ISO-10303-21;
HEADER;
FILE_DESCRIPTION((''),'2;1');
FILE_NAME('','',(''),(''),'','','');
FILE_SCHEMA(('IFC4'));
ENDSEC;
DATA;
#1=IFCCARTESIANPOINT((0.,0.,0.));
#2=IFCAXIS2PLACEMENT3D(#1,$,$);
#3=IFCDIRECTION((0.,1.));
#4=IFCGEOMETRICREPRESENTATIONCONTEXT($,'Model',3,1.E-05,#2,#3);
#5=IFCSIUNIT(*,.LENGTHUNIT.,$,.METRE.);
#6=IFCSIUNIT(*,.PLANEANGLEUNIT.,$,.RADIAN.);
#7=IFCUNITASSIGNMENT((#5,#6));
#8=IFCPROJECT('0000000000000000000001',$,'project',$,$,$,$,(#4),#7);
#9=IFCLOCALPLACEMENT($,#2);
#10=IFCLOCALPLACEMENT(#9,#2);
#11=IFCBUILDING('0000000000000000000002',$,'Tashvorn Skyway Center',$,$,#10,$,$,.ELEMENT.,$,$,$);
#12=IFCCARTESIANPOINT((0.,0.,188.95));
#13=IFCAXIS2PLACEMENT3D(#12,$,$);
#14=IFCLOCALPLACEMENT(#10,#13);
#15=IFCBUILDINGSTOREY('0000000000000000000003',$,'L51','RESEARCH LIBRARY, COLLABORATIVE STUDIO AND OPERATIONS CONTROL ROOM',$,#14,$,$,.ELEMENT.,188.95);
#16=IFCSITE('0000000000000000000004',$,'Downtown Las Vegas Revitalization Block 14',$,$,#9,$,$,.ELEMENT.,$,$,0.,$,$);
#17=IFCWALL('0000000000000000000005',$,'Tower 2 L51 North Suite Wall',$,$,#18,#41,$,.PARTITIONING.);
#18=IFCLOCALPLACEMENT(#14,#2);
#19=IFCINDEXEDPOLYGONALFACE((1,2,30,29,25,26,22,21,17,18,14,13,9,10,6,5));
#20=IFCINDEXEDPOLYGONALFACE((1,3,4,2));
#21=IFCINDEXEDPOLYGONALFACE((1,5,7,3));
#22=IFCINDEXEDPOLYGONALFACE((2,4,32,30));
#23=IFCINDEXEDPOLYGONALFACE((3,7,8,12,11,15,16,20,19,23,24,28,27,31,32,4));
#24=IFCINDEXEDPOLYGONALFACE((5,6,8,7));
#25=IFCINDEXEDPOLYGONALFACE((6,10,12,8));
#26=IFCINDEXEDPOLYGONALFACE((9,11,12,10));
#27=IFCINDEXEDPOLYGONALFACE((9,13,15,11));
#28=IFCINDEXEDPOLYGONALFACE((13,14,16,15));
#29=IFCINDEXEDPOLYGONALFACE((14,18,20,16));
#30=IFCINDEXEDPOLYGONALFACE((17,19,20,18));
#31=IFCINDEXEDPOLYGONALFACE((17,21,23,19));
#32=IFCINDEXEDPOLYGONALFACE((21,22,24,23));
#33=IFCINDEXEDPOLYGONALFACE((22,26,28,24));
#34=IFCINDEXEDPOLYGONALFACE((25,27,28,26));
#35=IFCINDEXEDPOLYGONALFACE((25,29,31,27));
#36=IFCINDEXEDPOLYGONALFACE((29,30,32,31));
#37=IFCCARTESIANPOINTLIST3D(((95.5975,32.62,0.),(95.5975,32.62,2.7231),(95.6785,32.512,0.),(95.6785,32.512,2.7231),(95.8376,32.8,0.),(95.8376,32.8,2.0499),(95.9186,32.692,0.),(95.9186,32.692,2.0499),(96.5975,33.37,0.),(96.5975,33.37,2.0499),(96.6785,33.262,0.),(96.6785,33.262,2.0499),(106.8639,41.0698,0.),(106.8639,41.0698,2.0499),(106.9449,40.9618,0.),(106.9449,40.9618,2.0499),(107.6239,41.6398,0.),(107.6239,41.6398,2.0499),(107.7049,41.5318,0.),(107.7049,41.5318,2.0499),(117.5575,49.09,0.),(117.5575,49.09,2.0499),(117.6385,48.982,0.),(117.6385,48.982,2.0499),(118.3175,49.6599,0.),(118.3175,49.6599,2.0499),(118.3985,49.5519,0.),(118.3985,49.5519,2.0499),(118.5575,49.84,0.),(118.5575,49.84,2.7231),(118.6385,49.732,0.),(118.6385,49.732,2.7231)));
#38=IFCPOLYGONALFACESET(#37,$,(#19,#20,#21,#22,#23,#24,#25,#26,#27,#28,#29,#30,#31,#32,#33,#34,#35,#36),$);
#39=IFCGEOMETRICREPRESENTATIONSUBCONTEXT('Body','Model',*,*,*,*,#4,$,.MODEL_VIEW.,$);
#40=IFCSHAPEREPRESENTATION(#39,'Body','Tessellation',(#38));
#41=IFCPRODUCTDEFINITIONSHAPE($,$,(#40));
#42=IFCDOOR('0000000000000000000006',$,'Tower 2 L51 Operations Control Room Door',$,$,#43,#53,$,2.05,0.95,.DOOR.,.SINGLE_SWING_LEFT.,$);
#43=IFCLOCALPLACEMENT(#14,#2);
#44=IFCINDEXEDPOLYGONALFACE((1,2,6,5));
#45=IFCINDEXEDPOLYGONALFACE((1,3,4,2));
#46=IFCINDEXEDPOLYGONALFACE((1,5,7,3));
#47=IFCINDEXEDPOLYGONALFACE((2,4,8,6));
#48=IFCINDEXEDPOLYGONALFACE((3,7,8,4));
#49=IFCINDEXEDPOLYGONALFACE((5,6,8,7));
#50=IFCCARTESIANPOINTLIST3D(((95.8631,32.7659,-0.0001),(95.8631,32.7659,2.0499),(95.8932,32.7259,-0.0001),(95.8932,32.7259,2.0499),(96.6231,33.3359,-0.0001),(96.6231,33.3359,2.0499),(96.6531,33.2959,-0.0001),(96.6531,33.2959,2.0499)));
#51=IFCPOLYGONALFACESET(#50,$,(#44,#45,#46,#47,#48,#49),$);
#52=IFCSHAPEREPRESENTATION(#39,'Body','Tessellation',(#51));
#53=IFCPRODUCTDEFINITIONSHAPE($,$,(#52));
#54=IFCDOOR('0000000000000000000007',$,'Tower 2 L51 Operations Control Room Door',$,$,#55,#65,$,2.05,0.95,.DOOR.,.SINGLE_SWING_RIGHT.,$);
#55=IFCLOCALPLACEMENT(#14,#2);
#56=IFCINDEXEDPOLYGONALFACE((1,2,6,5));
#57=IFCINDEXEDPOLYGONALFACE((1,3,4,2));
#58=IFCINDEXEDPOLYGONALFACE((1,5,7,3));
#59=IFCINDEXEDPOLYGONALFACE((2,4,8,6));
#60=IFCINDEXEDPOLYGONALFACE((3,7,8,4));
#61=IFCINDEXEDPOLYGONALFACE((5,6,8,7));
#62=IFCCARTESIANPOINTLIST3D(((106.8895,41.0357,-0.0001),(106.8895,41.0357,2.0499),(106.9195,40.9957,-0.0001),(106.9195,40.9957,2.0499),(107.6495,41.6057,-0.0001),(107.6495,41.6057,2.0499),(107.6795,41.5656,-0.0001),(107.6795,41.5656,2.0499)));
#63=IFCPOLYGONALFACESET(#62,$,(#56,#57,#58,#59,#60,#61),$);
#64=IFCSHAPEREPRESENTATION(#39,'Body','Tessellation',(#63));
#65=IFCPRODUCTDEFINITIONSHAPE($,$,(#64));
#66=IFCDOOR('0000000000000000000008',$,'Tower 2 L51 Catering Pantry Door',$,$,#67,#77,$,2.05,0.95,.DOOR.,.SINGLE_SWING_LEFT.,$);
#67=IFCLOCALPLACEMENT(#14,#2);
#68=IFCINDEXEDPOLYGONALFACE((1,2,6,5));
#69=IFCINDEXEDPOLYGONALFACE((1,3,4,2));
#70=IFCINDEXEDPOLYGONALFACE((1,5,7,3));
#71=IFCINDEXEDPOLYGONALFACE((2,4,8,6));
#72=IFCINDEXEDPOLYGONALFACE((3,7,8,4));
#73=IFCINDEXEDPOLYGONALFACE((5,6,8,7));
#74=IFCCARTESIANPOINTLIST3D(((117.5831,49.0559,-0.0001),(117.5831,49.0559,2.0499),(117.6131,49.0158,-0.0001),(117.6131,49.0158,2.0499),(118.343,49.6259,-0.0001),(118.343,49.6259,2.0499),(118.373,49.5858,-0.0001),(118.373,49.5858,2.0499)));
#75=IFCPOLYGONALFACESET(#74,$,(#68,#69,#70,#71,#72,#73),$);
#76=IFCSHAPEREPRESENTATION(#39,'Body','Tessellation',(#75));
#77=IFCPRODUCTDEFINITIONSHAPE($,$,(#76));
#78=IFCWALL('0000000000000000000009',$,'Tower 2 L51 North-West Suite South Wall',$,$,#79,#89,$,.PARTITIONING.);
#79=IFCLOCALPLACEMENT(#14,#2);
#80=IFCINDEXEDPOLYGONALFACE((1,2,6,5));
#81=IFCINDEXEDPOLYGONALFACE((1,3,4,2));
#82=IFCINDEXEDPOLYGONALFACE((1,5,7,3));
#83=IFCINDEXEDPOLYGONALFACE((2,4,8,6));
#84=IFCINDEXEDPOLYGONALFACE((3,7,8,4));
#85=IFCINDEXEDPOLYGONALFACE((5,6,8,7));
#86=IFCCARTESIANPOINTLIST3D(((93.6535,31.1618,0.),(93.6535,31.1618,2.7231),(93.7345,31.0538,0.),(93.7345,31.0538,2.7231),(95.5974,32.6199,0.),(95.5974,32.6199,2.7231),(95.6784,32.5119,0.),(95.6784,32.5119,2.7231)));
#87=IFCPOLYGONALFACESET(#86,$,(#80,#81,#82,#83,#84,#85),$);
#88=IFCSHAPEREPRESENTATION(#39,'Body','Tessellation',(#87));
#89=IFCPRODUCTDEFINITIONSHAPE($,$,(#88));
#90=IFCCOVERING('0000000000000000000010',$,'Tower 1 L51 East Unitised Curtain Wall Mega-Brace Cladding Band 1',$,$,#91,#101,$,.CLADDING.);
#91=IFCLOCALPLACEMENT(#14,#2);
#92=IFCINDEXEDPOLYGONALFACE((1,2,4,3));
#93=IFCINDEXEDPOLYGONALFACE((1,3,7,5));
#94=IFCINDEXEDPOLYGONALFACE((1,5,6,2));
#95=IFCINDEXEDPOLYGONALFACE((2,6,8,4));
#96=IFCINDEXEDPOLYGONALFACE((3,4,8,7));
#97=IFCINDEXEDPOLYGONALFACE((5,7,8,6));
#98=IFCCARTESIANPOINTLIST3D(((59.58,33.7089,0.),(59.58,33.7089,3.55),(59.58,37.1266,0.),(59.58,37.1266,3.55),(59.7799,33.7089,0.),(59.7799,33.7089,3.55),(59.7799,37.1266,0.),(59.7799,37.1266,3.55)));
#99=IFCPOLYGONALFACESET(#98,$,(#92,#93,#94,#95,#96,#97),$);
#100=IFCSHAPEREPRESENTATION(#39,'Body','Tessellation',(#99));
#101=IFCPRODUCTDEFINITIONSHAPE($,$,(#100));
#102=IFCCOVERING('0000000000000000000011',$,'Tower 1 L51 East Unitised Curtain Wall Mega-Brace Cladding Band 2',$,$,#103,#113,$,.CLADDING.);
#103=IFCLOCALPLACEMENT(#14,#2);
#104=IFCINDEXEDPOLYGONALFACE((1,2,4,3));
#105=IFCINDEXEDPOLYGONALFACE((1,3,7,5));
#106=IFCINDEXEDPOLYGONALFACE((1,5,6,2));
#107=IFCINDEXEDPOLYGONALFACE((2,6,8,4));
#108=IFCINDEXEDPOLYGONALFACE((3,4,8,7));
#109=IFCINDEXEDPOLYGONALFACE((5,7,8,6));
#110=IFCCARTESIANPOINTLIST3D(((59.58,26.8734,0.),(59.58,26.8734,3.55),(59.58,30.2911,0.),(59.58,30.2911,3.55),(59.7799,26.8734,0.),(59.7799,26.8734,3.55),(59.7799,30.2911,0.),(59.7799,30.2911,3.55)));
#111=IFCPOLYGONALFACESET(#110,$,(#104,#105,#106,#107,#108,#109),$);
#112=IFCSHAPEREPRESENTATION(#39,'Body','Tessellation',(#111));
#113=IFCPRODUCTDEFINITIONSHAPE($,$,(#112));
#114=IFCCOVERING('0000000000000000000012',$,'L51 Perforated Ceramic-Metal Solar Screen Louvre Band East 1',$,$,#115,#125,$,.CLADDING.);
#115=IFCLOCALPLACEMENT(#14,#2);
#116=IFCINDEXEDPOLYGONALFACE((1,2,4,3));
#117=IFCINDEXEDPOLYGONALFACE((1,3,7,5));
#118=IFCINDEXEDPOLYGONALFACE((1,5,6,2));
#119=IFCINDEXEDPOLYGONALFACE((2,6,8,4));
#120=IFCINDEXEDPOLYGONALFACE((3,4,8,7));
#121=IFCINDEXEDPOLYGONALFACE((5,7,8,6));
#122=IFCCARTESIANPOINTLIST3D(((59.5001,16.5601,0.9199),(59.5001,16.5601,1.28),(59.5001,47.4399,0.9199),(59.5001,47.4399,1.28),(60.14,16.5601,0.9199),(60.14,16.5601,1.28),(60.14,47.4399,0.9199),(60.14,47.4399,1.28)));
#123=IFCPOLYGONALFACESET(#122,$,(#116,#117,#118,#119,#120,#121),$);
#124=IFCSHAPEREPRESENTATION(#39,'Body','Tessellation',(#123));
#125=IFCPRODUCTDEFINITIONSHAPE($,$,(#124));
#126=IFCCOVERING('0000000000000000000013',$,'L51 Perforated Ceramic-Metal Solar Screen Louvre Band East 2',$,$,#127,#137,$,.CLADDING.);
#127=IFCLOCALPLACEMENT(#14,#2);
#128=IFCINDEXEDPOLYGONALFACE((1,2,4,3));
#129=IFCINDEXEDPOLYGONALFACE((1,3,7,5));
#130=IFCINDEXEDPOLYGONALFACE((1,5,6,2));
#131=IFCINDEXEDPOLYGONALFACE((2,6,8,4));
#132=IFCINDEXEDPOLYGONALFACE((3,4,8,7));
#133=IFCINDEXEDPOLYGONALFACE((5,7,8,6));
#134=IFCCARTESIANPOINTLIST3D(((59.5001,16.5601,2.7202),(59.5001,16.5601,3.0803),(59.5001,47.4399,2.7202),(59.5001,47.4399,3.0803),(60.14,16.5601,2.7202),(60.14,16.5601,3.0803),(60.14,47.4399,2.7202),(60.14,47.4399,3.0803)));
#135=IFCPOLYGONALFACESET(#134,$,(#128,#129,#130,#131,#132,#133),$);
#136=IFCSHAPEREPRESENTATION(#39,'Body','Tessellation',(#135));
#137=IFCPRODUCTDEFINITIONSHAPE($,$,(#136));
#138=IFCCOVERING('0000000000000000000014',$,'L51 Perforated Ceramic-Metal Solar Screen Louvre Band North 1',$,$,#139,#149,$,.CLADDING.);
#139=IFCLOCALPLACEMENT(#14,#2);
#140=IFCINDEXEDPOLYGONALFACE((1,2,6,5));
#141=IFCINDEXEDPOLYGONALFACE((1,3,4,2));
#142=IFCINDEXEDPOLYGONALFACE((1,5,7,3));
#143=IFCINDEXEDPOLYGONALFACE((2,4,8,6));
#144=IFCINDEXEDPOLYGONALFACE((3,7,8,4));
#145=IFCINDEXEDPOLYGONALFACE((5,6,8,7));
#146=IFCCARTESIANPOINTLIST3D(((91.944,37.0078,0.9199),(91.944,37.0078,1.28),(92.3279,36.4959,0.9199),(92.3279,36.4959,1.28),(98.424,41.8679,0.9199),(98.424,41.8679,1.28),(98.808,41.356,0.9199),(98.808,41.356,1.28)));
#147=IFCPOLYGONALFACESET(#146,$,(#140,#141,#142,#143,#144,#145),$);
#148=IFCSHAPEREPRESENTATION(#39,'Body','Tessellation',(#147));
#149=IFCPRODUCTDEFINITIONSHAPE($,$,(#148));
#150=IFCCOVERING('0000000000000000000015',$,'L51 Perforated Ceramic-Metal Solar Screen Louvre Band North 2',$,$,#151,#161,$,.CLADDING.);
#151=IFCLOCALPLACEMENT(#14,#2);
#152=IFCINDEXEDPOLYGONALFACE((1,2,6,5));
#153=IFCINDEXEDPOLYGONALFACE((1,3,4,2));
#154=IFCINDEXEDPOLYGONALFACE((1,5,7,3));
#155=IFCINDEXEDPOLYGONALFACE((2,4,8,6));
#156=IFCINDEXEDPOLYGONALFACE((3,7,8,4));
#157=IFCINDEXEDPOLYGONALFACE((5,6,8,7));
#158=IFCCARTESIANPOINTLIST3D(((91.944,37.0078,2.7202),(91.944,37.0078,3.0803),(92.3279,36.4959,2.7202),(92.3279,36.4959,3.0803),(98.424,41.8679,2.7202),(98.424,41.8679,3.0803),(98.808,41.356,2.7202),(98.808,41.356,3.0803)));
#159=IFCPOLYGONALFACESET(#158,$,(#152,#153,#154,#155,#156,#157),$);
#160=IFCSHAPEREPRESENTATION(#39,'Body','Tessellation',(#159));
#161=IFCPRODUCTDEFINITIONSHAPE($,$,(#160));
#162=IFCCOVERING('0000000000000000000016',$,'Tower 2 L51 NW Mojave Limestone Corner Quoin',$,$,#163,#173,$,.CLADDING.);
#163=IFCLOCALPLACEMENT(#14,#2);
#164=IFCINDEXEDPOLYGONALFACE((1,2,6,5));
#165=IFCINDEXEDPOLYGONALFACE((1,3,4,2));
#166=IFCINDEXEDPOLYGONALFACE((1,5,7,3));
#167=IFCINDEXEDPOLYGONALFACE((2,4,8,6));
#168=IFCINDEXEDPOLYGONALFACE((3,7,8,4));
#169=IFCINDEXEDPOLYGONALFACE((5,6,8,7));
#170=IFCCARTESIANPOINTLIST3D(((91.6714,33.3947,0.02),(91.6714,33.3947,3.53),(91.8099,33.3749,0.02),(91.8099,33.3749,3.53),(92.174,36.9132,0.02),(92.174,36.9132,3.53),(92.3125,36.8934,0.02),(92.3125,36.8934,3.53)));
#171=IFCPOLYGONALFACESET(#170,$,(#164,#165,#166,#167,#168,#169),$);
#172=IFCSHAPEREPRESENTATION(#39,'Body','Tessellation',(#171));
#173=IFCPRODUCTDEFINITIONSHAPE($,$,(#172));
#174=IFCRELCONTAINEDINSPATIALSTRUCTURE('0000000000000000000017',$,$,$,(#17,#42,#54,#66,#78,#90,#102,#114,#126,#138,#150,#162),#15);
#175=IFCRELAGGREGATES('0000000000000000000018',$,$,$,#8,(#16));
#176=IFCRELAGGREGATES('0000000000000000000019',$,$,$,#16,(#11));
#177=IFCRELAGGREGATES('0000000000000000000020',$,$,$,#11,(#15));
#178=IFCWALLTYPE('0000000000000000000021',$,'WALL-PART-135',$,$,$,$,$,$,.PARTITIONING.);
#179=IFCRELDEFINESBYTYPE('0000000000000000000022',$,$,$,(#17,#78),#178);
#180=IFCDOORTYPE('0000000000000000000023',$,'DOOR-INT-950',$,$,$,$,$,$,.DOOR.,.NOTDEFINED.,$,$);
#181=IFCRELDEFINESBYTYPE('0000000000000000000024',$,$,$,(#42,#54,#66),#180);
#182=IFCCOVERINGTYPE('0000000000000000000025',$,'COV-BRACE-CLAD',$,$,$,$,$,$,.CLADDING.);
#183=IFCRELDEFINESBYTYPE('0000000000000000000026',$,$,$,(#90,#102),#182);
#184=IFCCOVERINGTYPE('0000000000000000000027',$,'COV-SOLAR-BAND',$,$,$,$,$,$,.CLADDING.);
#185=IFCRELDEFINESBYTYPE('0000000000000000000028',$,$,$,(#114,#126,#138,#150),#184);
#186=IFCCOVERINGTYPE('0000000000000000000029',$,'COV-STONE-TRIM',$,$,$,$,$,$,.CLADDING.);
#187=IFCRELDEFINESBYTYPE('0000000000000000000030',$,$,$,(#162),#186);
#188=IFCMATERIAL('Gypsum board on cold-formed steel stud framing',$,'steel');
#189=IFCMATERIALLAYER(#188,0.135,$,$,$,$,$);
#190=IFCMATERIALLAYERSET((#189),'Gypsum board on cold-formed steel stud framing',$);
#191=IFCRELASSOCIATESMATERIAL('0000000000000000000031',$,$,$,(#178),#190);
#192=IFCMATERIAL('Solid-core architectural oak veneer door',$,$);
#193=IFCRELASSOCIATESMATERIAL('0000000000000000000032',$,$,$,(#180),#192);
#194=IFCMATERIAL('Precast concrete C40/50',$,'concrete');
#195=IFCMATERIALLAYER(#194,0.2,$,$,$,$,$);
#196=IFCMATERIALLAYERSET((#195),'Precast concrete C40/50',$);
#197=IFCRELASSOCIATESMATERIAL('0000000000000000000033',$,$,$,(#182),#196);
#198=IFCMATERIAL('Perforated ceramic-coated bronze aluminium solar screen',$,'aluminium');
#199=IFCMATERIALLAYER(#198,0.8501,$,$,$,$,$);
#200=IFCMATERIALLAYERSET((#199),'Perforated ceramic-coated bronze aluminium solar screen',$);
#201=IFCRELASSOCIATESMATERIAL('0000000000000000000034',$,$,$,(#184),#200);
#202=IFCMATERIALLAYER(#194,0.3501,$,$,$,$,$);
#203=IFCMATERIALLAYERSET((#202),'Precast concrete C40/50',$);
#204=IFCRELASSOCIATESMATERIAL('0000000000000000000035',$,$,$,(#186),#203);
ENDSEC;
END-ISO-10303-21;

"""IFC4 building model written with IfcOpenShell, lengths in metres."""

from ifc_helpers import new_model, si_unit, direction, frame, frame_2d, origin, origin_2d, place, context, subcontext, project, spatial, rectangle, extrude, material, layer, layer_set, type_object, element, fill, save


model = new_model("IFC4")

# Units and contexts
model_context = context("Model", 3, precision=1e-05, world=origin(), true_north=direction((0.0, 1.0)))
body_context = subcontext(model_context, "Body", "Model", "MODEL_VIEW")
ifc_project = project(units=[si_unit("LENGTHUNIT", "METRE"), si_unit("PLANEANGLEUNIT", "RADIAN")], contexts=[model_context])

# Site, building, storey
site_placement = place(None, origin())
site = spatial("IfcSite", under=ifc_project, at=site_placement, Name="Downtown Las Vegas Revitalization Block 14", CompositionType="ELEMENT", RefElevation=0.0)
building_placement = place(site_placement, origin())
building = spatial("IfcBuilding", under=site, at=building_placement, Name="Tashvorn Skyway Center", CompositionType="ELEMENT")
storey_placement = place(building_placement, frame((0.0, 0.0, 188.95)))
storey = spatial("IfcBuildingStorey", under=building, at=storey_placement, Name="L51", Description="RESEARCH LIBRARY, COLLABORATIVE STUDIO AND OPERATIONS CONTROL ROOM", CompositionType="ELEMENT", Elevation=188.95)

# Shared definitions
ifc_material_1 = material(Name="Precast concrete C40/50", Category="concrete")

# Shared definitions
ifc_material_2 = material(Name="Gypsum board on cold-formed steel stud framing", Category="steel")
ifc_layer_1 = layer(ifc_material_2, 0.135)
ifc_layer_set_1 = layer_set([ifc_layer_1], Name="Gypsum board on cold-formed steel stud framing")
wall_type_1 = type_object("IfcWallType", Name="WALL-PART-135", PredefinedType="PARTITIONING", material=ifc_layer_set_1)
ifc_material_3 = material(Name="Solid-core architectural oak veneer door")
door_type = type_object("IfcDoorType", Name="DOOR-INT-950", OperationType="NOTDEFINED", PredefinedType="DOOR", material=ifc_material_3)

# Wall, openings, doors
wall_1_placement = place(storey_placement, frame((95.6379, 32.5659, 0.0), z_axis=(0.0, 0.0, 1.0), x_axis=(0.8, 0.6, 0.0)))
wall_1 = element("IfcWall", 1, at=wall_1_placement, inside=storey, type_object=wall_type_1, Name="Tower 2 L51 North Suite Wall", PredefinedType="PARTITIONING", context=body_context, shape_type="SweptSolid", body=[
    extrude(rectangle(XDim=28.7, YDim=0.135, at=frame_2d((14.3501, 0.0))), origin(), (0.0, 0.0, 1.0), 2.7231),
])
opening_1_placement = place(wall_1_placement, frame((0.3, 0.0, 0.0)))
opening_1 = element("IfcOpeningElement", 2, at=opening_1_placement, cuts=wall_1, PredefinedType="OPENING", context=body_context, shape_type="SweptSolid", body=[
    extrude(rectangle(XDim=0.95, YDim=2.05, at=frame_2d((0.4751, 1.0249))), frame((0.0, 0.0774, 0.0), z_axis=(0.0, -1.0, 0.0), x_axis=(1.0, 0.0, 0.0)), (0.0, 0.0, 1.0), 0.155),
])
opening_2_placement = place(wall_1_placement, frame((14.083, 0.0, 0.0)))
opening_2 = element("IfcOpeningElement", 3, at=opening_2_placement, cuts=wall_1, PredefinedType="OPENING", context=body_context, shape_type="SweptSolid", body=[
    extrude(rectangle(XDim=0.95, YDim=2.05, at=frame_2d((0.4751, 1.0249))), frame((0.0, 0.0774, 0.0), z_axis=(0.0, -1.0, 0.0), x_axis=(1.0, 0.0, 0.0)), (0.0, 0.0, 1.0), 0.155),
])
opening_3_placement = place(wall_1_placement, frame((27.45, 0.0, 0.0)))
opening_3 = element("IfcOpeningElement", 4, at=opening_3_placement, cuts=wall_1, PredefinedType="OPENING", context=body_context, shape_type="SweptSolid", body=[
    extrude(rectangle(XDim=0.95, YDim=2.05, at=frame_2d((0.4751, 1.0249))), frame((0.0, 0.0774, 0.0), z_axis=(0.0, -1.0, 0.0), x_axis=(1.0, 0.0, 0.0)), (0.0, 0.0, 1.0), 0.155),
])
door_1_placement = place(opening_1_placement, origin())
door_1 = element("IfcDoor", 5, at=door_1_placement, inside=storey, type_object=door_type, Name="Tower 2 L51 Operations Control Room Door", OperationType="SINGLE_SWING_LEFT", OverallHeight=2.05, OverallWidth=0.95, PredefinedType="DOOR", context=body_context, shape_type="SweptSolid", body=[
    extrude(rectangle(XDim=0.95, YDim=2.05, at=frame_2d((0.4751, 1.0249))), frame((0.0, 0.0249, 0.0), z_axis=(0.0, -1.0, 0.0), x_axis=(1.0, 0.0, 0.0)), (0.0, 0.0, 1.0), 0.05),
])
fill(opening_1, door_1)
door_2_placement = place(opening_2_placement, origin())
door_2 = element("IfcDoor", 6, at=door_2_placement, inside=storey, type_object=door_type, Name="Tower 2 L51 Operations Control Room Door", OperationType="SINGLE_SWING_RIGHT", OverallHeight=2.05, OverallWidth=0.95, PredefinedType="DOOR", context=body_context, shape_type="SweptSolid", body=[
    extrude(rectangle(XDim=0.95, YDim=2.05, at=frame_2d((0.4751, 1.0249))), frame((0.0, 0.0249, 0.0), z_axis=(0.0, -1.0, 0.0), x_axis=(1.0, 0.0, 0.0)), (0.0, 0.0, 1.0), 0.05),
])
fill(opening_2, door_2)
door_3_placement = place(opening_3_placement, origin())
door_3 = element("IfcDoor", 7, at=door_3_placement, inside=storey, type_object=door_type, Name="Tower 2 L51 Catering Pantry Door", OperationType="SINGLE_SWING_LEFT", OverallHeight=2.05, OverallWidth=0.95, PredefinedType="DOOR", context=body_context, shape_type="SweptSolid", body=[
    extrude(rectangle(XDim=0.95, YDim=2.05, at=frame_2d((0.4751, 1.0249))), frame((0.0, 0.0249, 0.0), z_axis=(0.0, -1.0, 0.0), x_axis=(1.0, 0.0, 0.0)), (0.0, 0.0, 1.0), 0.05),
])
fill(opening_3, door_3)

# Wall
wall_2_placement = place(storey_placement, frame((93.6941, 31.1079, 0.0), z_axis=(0.0, 0.0, 1.0), x_axis=(0.799976, 0.600032, 0.0)))
element("IfcWall", 8, at=wall_2_placement, inside=storey, type_object=wall_type_1, Name="Tower 2 L51 North-West Suite South Wall", PredefinedType="PARTITIONING", context=body_context, shape_type="SweptSolid", body=[
    extrude(rectangle(XDim=2.4299, YDim=0.135, at=frame_2d((1.2148, 0.0))), origin(), (0.0, 0.0, 1.0), 2.7231),
])

# Coverings
ifc_layer_2 = layer(ifc_material_1, 0.2)
ifc_layer_set_2 = layer_set([ifc_layer_2], Name="Precast concrete C40/50")
covering_type_1 = type_object("IfcCoveringType", Name="COV-BRACE-CLAD", PredefinedType="CLADDING", material=ifc_layer_set_2)
for number, where, z_axis, x_axis, name in (
    (9, (59.6799, 35.4177, 0.0), (0.0, 0.0, 1.0), (0.0, -1.0, 0.0), "Tower 1 L51 East Unitised Curtain Wall Mega-Brace Cladding Band 1"),
    (10, (59.6799, 28.5823, 0.0), (0.0, 0.0, 1.0), (0.0, -1.0, 0.0), "Tower 1 L51 East Unitised Curtain Wall Mega-Brace Cladding Band 2"),
):
    element("IfcCovering", number, at=place(storey_placement, frame(where, z_axis=z_axis, x_axis=x_axis)), inside=storey, type_object=covering_type_1, Name=name, PredefinedType="CLADDING", context=body_context, shape_type="SweptSolid", body=[
        extrude(rectangle(XDim=3.4177, YDim=0.2, at=origin_2d()), origin(), (0.0, 0.0, 1.0), 3.55),
    ])
ifc_material_4 = material(Name="Perforated ceramic-coated bronze aluminium solar screen", Category="aluminium")
ifc_layer_3 = layer(ifc_material_4, 0.8501)
ifc_layer_set_3 = layer_set([ifc_layer_3], Name="Perforated ceramic-coated bronze aluminium solar screen")
covering_type_2 = type_object("IfcCoveringType", Name="COV-SOLAR-BAND", PredefinedType="CLADDING", material=ifc_layer_set_3)
for number, where, z_axis, x_axis, name in (
    (11, (59.8201, 32.0, 0.9199), (0.0, 0.0, 1.0), (0.0, -1.0, 0.0), "L51 Perforated Ceramic-Metal Solar Screen Louvre Band East 1"),
    (12, (59.8201, 32.0, 2.7202), (0.0, 0.0, 1.0), (0.0, -1.0, 0.0), "L51 Perforated Ceramic-Metal Solar Screen Louvre Band East 2"),
):
    element("IfcCovering", number, at=place(storey_placement, frame(where, z_axis=z_axis, x_axis=x_axis)), inside=storey, type_object=covering_type_2, Name=name, PredefinedType="CLADDING", context=body_context, shape_type="SweptSolid", body=[
        extrude(rectangle(XDim=30.8799, YDim=0.6399, at=origin_2d()), origin(), (0.0, 0.0, 1.0), 0.3601),
    ])
for number, where, z_axis, x_axis, name in (
    (13, (95.376, 39.1819, 0.9199), (0.0, 0.0, 1.0), (0.8, 0.6, 0.0), "L51 Perforated Ceramic-Metal Solar Screen Louvre Band North 1"),
    (14, (95.376, 39.1819, 2.7202), (0.0, 0.0, 1.0), (0.8, 0.6, 0.0), "L51 Perforated Ceramic-Metal Solar Screen Louvre Band North 2"),
):
    element("IfcCovering", number, at=place(storey_placement, frame(where, z_axis=z_axis, x_axis=x_axis)), inside=storey, type_object=covering_type_2, Name=name, PredefinedType="CLADDING", context=body_context, shape_type="SweptSolid", body=[
        extrude(rectangle(XDim=8.1001, YDim=0.6399, at=origin_2d()), origin(), (0.0, 0.0, 1.0), 0.3601),
    ])
ifc_layer_4 = layer(ifc_material_1, 0.3501)
ifc_layer_set_4 = layer_set([ifc_layer_4], Name="Precast concrete C40/50")
covering_type_3 = type_object("IfcCoveringType", Name="COV-STONE-TRIM", PredefinedType="CLADDING", material=ifc_layer_set_4)
covering_placement = place(storey_placement, frame((91.9919, 35.144, 0.02), z_axis=(0.0, 0.0, 1.0), x_axis=(-0.141421, -0.989949, 0.0)))
element("IfcCovering", 15, at=covering_placement, inside=storey, type_object=covering_type_3, Name="Tower 2 L51 NW Mojave Limestone Corner Quoin", PredefinedType="CLADDING", context=body_context, shape_type="SweptSolid", body=[
    extrude(rectangle(XDim=3.5542, YDim=0.1399, at=origin_2d()), origin(), (0.0, 0.0, 1.0), 3.51),
])

save(model, "model.ifc")
